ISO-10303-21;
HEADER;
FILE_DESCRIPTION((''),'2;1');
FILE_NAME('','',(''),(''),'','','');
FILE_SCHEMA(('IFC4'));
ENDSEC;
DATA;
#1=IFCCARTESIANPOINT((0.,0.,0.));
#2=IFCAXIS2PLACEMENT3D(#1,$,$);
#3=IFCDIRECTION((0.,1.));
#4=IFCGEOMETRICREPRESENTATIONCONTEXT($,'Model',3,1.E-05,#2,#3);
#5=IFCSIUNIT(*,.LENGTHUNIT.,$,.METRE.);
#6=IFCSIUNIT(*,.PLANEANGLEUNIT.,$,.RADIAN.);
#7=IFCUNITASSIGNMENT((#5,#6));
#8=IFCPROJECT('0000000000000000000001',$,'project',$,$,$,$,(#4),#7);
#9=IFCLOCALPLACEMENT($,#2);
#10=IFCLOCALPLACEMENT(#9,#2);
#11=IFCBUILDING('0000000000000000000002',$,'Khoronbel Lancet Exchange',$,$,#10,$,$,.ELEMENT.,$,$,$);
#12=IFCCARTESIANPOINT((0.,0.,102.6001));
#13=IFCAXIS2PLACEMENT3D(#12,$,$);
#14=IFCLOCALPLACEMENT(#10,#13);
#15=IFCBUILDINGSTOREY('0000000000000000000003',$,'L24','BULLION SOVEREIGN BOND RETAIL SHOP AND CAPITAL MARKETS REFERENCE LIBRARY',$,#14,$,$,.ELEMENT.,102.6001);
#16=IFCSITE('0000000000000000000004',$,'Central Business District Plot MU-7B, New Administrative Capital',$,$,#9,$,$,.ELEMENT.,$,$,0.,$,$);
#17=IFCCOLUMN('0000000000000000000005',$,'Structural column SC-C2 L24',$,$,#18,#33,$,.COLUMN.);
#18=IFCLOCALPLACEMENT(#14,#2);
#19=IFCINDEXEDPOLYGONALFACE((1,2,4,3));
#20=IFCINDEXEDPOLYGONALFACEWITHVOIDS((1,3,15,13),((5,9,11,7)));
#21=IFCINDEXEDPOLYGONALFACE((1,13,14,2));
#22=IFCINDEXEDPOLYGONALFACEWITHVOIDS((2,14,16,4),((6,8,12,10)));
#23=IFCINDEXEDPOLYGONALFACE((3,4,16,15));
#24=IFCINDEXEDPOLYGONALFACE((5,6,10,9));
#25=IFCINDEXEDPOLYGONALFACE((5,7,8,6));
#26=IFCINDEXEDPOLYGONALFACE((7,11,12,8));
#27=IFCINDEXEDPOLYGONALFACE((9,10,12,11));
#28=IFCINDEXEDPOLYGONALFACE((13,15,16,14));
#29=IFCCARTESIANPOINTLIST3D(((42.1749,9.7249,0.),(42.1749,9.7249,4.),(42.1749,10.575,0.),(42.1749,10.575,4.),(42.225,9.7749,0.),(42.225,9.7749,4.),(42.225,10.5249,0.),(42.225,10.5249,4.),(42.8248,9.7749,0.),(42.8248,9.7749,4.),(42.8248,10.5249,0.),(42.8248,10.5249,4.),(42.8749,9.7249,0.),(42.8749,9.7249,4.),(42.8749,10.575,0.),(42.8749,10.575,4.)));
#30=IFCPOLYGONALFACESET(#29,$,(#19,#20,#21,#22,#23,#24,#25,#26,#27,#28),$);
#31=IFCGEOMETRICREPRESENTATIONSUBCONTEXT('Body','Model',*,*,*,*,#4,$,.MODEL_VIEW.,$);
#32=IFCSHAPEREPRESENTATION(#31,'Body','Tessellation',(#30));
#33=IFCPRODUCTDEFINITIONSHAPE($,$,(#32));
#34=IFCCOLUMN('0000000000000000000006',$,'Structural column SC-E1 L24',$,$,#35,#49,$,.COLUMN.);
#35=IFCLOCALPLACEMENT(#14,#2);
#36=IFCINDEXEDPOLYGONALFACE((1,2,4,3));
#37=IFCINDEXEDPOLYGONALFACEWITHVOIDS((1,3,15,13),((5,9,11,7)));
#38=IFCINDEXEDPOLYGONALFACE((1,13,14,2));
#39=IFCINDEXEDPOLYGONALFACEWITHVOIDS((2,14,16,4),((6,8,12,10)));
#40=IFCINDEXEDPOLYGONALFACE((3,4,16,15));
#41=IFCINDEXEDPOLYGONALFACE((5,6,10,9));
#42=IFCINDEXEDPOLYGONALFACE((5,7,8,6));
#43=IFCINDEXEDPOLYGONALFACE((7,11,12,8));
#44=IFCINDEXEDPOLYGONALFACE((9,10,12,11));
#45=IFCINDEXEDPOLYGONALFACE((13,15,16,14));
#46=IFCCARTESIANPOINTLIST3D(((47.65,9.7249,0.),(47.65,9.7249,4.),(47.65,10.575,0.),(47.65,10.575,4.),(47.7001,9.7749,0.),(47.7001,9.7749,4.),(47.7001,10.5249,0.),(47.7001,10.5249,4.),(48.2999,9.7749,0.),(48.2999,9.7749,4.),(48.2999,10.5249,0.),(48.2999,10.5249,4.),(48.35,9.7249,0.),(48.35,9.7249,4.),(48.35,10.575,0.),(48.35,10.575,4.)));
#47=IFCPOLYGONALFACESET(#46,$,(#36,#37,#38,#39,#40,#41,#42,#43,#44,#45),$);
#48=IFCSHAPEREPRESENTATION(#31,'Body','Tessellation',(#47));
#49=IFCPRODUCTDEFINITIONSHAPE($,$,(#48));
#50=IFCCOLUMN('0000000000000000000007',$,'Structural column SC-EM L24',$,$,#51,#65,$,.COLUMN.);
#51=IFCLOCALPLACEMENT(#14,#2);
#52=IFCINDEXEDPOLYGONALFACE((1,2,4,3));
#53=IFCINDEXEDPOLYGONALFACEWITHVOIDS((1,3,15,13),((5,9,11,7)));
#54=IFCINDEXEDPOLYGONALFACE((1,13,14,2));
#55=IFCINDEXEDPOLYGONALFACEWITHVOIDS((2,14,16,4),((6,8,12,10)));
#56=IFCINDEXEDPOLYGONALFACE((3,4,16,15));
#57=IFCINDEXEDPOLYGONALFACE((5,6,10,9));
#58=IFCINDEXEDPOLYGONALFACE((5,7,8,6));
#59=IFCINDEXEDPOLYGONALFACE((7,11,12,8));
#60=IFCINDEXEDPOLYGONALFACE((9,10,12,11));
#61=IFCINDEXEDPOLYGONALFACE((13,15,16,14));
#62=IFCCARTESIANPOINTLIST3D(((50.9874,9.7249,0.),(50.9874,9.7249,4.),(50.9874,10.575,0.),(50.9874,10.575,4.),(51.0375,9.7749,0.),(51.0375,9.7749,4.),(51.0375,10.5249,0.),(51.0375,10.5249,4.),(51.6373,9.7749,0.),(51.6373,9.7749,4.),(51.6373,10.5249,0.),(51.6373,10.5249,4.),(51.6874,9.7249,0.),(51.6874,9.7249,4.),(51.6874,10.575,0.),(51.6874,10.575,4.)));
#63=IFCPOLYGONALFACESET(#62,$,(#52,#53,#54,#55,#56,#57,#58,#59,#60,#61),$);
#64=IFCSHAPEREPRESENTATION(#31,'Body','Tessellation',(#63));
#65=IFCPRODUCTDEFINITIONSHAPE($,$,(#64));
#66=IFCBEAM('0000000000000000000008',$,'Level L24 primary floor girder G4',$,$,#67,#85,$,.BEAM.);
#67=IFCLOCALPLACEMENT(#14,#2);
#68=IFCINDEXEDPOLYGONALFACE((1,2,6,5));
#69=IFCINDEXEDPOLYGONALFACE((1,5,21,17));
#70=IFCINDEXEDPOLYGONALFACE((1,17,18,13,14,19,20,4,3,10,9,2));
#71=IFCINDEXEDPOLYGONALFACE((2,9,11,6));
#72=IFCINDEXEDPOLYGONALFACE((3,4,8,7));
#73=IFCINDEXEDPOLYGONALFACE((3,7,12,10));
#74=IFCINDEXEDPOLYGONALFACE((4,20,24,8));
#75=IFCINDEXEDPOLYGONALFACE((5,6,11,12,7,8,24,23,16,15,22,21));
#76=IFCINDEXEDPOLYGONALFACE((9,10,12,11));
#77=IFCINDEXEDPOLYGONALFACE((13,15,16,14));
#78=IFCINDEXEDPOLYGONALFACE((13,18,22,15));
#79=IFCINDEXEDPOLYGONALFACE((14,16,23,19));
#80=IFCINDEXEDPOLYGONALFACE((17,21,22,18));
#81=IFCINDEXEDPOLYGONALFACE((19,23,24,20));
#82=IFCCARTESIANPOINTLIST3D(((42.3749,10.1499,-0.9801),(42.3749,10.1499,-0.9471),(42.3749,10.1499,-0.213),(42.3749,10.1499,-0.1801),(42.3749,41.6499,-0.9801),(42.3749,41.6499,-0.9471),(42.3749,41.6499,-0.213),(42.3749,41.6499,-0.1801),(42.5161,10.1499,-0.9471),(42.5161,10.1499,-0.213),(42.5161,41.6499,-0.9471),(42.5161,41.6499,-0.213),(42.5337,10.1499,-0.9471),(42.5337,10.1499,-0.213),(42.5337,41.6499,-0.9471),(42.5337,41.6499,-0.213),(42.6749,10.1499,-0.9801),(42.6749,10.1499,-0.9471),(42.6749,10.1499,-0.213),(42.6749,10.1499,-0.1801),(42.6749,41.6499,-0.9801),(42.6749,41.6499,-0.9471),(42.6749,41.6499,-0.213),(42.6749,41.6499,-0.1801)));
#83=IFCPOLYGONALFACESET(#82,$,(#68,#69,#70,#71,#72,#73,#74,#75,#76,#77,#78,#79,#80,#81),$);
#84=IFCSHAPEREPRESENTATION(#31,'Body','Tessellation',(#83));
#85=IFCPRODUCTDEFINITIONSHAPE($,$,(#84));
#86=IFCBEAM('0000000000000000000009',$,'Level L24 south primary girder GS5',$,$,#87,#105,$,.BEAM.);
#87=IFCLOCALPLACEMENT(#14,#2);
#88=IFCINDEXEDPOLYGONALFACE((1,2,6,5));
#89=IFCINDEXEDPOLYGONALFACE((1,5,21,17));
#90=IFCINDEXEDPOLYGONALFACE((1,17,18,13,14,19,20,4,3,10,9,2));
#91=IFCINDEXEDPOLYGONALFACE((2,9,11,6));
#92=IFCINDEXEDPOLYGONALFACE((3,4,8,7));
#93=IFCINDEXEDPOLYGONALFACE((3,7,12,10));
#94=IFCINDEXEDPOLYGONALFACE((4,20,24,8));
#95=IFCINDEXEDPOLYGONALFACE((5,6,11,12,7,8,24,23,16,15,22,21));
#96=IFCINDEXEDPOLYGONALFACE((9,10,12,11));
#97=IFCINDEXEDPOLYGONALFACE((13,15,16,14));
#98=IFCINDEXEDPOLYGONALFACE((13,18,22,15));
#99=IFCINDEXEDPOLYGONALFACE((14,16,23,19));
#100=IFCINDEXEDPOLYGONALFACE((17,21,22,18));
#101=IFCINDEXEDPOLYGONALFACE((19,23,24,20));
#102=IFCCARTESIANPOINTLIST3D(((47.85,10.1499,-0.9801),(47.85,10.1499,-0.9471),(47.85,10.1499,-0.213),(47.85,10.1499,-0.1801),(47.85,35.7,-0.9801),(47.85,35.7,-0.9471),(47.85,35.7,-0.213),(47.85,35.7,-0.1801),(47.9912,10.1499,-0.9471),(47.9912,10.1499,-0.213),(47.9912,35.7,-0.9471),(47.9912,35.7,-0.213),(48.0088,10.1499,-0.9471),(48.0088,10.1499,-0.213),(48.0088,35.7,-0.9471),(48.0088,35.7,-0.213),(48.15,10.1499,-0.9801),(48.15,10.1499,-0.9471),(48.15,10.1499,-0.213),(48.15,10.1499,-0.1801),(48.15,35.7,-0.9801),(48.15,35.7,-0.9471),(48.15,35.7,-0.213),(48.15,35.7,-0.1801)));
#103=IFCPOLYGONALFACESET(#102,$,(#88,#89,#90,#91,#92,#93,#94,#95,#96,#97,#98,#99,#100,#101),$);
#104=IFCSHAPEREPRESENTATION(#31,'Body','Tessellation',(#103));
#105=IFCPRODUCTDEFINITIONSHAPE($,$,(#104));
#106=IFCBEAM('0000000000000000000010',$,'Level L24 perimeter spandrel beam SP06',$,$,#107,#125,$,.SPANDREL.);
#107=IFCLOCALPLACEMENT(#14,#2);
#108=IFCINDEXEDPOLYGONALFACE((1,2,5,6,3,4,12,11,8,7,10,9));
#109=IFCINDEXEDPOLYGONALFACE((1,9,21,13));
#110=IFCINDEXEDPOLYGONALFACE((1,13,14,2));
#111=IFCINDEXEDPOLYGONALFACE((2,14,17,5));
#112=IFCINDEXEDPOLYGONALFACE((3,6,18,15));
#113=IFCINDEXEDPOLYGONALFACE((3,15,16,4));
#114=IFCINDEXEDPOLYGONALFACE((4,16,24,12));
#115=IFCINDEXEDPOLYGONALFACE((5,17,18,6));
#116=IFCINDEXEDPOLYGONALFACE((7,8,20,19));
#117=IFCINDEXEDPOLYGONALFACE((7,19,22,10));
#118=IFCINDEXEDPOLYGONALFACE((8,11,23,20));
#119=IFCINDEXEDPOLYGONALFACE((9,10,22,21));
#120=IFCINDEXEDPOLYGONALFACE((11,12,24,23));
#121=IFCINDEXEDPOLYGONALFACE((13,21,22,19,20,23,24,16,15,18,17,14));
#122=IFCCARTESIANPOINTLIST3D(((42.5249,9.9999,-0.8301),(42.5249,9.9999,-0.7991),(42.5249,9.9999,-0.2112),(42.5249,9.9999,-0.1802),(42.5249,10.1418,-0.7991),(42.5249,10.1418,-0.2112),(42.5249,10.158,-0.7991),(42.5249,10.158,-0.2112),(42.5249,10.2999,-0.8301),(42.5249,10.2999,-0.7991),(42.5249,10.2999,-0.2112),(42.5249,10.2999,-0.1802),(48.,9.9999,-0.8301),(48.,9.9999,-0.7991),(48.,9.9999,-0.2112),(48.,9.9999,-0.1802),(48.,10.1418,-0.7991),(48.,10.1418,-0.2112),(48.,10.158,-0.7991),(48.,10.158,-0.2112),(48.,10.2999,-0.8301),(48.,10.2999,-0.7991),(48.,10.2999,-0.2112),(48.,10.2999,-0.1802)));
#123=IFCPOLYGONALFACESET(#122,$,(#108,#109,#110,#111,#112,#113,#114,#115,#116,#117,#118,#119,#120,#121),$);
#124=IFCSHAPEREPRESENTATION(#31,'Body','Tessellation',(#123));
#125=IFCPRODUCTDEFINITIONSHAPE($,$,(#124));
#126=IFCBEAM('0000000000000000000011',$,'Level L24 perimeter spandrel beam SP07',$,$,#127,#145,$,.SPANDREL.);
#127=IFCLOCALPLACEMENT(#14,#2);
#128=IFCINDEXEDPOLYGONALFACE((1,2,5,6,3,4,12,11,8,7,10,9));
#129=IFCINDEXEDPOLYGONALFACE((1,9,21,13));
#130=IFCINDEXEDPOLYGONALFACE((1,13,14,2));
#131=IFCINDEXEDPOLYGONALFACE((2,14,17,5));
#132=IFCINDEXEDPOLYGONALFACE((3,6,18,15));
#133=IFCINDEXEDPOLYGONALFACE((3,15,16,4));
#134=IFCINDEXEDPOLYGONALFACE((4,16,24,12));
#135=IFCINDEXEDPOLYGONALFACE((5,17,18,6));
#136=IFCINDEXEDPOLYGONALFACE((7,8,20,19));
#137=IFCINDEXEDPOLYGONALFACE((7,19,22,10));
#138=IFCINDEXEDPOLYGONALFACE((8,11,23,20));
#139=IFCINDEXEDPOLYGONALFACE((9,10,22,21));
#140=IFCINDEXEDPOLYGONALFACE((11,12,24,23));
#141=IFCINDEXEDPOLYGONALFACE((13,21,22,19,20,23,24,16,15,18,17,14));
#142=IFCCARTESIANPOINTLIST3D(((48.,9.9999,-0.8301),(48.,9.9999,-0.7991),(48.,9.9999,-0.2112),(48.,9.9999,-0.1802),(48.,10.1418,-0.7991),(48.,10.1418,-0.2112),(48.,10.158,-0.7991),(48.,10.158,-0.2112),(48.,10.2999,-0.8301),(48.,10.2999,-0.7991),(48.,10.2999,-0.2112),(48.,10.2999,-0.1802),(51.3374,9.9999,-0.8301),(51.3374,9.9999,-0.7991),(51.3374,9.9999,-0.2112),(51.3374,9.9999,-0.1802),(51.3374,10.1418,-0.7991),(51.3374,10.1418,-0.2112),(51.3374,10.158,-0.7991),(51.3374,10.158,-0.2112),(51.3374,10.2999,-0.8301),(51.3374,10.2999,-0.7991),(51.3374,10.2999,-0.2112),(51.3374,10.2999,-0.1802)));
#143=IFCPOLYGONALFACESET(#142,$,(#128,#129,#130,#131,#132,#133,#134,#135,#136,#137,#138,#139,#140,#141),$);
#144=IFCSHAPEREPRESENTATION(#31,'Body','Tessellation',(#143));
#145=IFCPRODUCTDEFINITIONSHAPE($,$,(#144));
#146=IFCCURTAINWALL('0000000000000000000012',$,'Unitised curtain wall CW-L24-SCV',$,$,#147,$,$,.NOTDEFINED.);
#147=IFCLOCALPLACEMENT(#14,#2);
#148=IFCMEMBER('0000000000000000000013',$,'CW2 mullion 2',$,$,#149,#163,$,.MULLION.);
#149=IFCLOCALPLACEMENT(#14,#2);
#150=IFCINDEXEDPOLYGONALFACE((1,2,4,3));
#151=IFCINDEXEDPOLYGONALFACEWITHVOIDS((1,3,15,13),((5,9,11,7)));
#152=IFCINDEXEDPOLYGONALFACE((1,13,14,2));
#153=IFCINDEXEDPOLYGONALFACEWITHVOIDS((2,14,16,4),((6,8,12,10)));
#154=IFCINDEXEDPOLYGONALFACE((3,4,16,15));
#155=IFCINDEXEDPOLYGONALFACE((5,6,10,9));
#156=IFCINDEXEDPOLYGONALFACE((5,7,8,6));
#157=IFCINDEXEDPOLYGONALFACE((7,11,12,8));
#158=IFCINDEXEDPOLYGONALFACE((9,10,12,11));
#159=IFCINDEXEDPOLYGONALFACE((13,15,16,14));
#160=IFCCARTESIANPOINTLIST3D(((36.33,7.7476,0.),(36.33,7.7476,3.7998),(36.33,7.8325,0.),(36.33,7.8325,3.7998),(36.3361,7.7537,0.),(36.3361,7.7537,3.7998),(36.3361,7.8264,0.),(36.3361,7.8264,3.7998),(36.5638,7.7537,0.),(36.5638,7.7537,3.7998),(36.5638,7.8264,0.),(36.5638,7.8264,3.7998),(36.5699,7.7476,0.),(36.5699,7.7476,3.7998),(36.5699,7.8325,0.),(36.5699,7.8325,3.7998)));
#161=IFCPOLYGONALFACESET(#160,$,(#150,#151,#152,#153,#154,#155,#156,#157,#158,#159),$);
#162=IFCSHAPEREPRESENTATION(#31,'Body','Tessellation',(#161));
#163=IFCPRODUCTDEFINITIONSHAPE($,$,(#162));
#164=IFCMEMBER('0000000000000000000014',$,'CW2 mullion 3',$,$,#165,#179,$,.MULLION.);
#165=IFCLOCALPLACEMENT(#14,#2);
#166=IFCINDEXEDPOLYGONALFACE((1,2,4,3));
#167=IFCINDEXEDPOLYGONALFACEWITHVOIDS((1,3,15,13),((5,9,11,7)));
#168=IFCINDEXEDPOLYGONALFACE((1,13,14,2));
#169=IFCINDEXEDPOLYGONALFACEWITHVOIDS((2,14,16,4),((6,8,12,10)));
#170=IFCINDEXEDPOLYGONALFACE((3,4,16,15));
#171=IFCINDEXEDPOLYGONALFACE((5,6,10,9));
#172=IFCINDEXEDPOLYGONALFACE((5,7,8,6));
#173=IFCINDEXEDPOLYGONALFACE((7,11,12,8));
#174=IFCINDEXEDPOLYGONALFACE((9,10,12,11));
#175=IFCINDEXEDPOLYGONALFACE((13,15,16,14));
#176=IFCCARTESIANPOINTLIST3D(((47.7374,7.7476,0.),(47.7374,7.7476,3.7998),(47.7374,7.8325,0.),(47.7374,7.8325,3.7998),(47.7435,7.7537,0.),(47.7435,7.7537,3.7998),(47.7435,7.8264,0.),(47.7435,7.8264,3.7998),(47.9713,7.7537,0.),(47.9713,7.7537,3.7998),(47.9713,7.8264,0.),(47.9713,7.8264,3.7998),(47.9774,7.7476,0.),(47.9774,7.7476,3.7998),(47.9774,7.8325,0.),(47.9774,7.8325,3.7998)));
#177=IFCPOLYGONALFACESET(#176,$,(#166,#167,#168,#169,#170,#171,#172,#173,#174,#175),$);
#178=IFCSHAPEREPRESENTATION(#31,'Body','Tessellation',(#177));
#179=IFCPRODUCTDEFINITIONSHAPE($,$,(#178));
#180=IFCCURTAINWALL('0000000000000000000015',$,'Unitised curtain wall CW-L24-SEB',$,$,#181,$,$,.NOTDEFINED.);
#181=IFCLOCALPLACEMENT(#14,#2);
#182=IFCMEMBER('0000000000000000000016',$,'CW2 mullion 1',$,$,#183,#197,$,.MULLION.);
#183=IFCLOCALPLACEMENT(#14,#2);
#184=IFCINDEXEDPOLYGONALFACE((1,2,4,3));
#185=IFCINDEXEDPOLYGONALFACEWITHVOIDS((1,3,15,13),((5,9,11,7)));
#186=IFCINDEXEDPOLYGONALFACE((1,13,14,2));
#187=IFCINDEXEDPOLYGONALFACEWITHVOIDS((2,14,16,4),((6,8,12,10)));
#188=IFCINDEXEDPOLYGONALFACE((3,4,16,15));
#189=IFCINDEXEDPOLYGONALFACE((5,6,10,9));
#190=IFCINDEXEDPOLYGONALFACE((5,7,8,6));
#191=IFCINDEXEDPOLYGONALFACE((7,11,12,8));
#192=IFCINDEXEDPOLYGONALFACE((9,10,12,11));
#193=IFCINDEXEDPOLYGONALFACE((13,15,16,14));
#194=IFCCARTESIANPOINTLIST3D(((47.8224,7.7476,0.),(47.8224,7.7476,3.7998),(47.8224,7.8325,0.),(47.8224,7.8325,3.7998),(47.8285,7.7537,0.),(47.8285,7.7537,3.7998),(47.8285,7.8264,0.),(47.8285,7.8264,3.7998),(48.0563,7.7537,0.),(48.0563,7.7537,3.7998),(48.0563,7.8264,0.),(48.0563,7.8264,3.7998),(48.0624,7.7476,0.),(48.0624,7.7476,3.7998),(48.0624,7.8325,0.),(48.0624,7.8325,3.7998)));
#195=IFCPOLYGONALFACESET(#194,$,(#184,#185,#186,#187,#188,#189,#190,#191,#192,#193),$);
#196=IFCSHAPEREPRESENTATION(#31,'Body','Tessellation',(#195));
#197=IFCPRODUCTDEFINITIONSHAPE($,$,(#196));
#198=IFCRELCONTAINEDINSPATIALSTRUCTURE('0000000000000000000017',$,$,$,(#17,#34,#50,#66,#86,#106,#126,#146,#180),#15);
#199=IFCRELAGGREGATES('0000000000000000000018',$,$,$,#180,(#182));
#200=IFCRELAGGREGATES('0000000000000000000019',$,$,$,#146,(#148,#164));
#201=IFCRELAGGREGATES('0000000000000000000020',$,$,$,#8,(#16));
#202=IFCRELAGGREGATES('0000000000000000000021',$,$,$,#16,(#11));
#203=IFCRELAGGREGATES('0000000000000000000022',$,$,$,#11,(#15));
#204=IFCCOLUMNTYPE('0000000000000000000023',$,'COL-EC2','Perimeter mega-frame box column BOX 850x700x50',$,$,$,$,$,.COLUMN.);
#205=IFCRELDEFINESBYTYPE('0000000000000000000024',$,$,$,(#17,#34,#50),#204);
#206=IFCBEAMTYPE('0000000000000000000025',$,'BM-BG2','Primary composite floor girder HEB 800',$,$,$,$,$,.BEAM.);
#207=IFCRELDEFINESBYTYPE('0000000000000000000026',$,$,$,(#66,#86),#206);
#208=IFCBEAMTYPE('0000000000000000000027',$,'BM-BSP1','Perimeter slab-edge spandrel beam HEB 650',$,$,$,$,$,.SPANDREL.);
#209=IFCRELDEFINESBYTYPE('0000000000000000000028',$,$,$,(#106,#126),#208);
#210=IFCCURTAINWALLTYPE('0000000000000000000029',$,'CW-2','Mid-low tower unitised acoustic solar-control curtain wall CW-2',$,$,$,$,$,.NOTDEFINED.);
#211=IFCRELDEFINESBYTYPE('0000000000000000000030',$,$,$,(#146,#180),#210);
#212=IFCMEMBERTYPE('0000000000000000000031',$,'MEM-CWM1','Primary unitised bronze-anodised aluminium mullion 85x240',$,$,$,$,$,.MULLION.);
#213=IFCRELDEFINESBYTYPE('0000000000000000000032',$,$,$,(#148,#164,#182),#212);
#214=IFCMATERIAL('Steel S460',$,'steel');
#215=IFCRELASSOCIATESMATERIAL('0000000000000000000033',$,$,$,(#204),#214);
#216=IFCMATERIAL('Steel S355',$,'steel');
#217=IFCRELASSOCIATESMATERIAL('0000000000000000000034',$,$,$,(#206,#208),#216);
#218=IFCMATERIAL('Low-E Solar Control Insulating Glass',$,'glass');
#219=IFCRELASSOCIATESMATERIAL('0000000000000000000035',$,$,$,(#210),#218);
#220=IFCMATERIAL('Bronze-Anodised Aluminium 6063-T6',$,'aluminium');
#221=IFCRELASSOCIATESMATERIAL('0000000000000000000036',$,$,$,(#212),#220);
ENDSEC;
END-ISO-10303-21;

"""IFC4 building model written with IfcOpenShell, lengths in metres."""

from ifc_helpers import new_model, si_unit, direction, frame, origin, origin_2d, place, context, subcontext, project, spatial, hollow_rectangle, i_section, extrude, material, material_profile, profile_set, type_object, element, aggregate, save


model = new_model("IFC4")

# Units and contexts
model_context = context("Model", 3, precision=1e-05, world=origin(), true_north=direction((0.0, 1.0)))
body_context = subcontext(model_context, "Body", "Model", "MODEL_VIEW")
ifc_project = project(units=[si_unit("LENGTHUNIT", "METRE"), si_unit("PLANEANGLEUNIT", "RADIAN")], contexts=[model_context])

# Site, building, storey
site_placement = place(None, origin())
site = spatial("IfcSite", under=ifc_project, at=site_placement, Name="Central Business District Plot MU-7B, New Administrative Capital", CompositionType="ELEMENT", RefElevation=0.0)
building_placement = place(site_placement, origin())
building = spatial("IfcBuilding", under=site, at=building_placement, Name="Khoronbel Lancet Exchange", CompositionType="ELEMENT")
storey_placement = place(building_placement, frame((0.0, 0.0, 102.6001)))
storey = spatial("IfcBuildingStorey", under=building, at=storey_placement, Name="L24", Description="BULLION SOVEREIGN BOND RETAIL SHOP AND CAPITAL MARKETS REFERENCE LIBRARY", CompositionType="ELEMENT", Elevation=102.6001)

# Columns
ifc_material_1 = material(Name="Steel S460", Category="steel")
ifc_material_profile_1 = material_profile(ifc_material_1, hollow_rectangle(XDim=0.7, YDim=0.8501, WallThickness=0.05, at=origin_2d()), Name="BOX 850x700x50")
ifc_profile_set_1 = profile_set([ifc_material_profile_1], Name="Steel S460")
column_type = type_object("IfcColumnType", Name="COL-EC2", Description="Perimeter mega-frame box column BOX 850x700x50", PredefinedType="COLUMN", material=ifc_profile_set_1)
for number, where, z_axis, x_axis, name in (
    (1, (42.5249, 10.1499, 0.0), (0.0, 0.0, 1.0), (1.0, 0.0, 0.0), "Structural column SC-C2 L24"),
    (2, (48.0, 10.1499, 0.0), (0.0, 0.0, 1.0), (1.0, 0.0, 0.0), "Structural column SC-E1 L24"),
    (3, (51.3374, 10.1499, 0.0), (0.0, 0.0, 1.0), (1.0, 0.0, 0.0), "Structural column SC-EM L24"),
):
    element("IfcColumn", number, at=place(storey_placement, frame(where, z_axis=z_axis, x_axis=x_axis)), inside=storey, type_object=column_type, Name=name, PredefinedType="COLUMN", context=body_context, shape_type="SweptSolid", body=[
        extrude(hollow_rectangle(XDim=0.7, YDim=0.8501, WallThickness=0.05, at=origin_2d()), origin(), (0.0, 0.0, 1.0), 4.0),
    ])

# Beams
ifc_material_2 = material(Name="Steel S355", Category="steel")
ifc_material_profile_2 = material_profile(ifc_material_2, i_section(OverallWidth=0.3, OverallDepth=0.8, WebThickness=0.0176, FlangeThickness=0.033, at=origin_2d()), Name="HEB 800")
ifc_profile_set_2 = profile_set([ifc_material_profile_2], Name="Steel S355")
beam_type_1 = type_object("IfcBeamType", Name="BM-BG2", Description="Primary composite floor girder HEB 800", PredefinedType="BEAM", material=ifc_profile_set_2)
beam_1_placement = place(storey_placement, frame((42.5249, 10.1499, -0.5801), z_axis=(0.0, 1.0, 0.0), x_axis=(-1.0, 0.0, 0.0)))
element("IfcBeam", 4, at=beam_1_placement, inside=storey, type_object=beam_type_1, Name="Level L24 primary floor girder G4", PredefinedType="BEAM", context=body_context, shape_type="SweptSolid", body=[
    extrude(i_section(OverallWidth=0.3, OverallDepth=0.8, WebThickness=0.0176, FlangeThickness=0.033, at=origin_2d()), origin(), (0.0, 0.0, 1.0), 31.5),
])
beam_2_placement = place(storey_placement, frame((48.0, 10.1499, -0.5801), z_axis=(0.0, 1.0, 0.0), x_axis=(-1.0, 0.0, 0.0)))
element("IfcBeam", 5, at=beam_2_placement, inside=storey, type_object=beam_type_1, Name="Level L24 south primary girder GS5", PredefinedType="BEAM", context=body_context, shape_type="SweptSolid", body=[
    extrude(i_section(OverallWidth=0.3, OverallDepth=0.8, WebThickness=0.0176, FlangeThickness=0.033, at=origin_2d()), origin(), (0.0, 0.0, 1.0), 25.55),
])
ifc_material_profile_3 = material_profile(ifc_material_2, i_section(OverallWidth=0.3, OverallDepth=0.6499, WebThickness=0.0161, FlangeThickness=0.031, at=origin_2d()), Name="HEB 650")
ifc_profile_set_3 = profile_set([ifc_material_profile_3], Name="Steel S355")
beam_type_2 = type_object("IfcBeamType", Name="BM-BSP1", Description="Perimeter slab-edge spandrel beam HEB 650", PredefinedType="SPANDREL", material=ifc_profile_set_3)
beam_3_placement = place(storey_placement, frame((42.5249, 10.1499, -0.5051), z_axis=(1.0, 0.0, 0.0), x_axis=(0.0, 1.0, 0.0)))
element("IfcBeam", 6, at=beam_3_placement, inside=storey, type_object=beam_type_2, Name="Level L24 perimeter spandrel beam SP06", PredefinedType="SPANDREL", context=body_context, shape_type="SweptSolid", body=[
    extrude(i_section(OverallWidth=0.3, OverallDepth=0.6499, WebThickness=0.0161, FlangeThickness=0.031, at=origin_2d()), origin(), (0.0, 0.0, 1.0), 5.4751),
])
beam_4_placement = place(storey_placement, frame((48.0, 10.1499, -0.5051), z_axis=(1.0, 0.0, 0.0), x_axis=(0.0, 1.0, 0.0)))
element("IfcBeam", 7, at=beam_4_placement, inside=storey, type_object=beam_type_2, Name="Level L24 perimeter spandrel beam SP07", PredefinedType="SPANDREL", context=body_context, shape_type="SweptSolid", body=[
    extrude(i_section(OverallWidth=0.3, OverallDepth=0.6499, WebThickness=0.0161, FlangeThickness=0.031, at=origin_2d()), origin(), (0.0, 0.0, 1.0), 3.3374),
])

# Curtain walls, members
ifc_material_3 = material(Name="Low-E Solar Control Insulating Glass", Category="glass")
curtain_wall_type = type_object("IfcCurtainWallType", Name="CW-2", Description="Mid-low tower unitised acoustic solar-control curtain wall CW-2", PredefinedType="NOTDEFINED", material=ifc_material_3)
curtain_wall_1_placement = place(storey_placement, origin())
curtain_wall_1 = element("IfcCurtainWall", 8, at=curtain_wall_1_placement, inside=storey, type_object=curtain_wall_type, Name="Unitised curtain wall CW-L24-SCV", PredefinedType="NOTDEFINED")
ifc_material_4 = material(Name="Bronze-Anodised Aluminium 6063-T6", Category="aluminium")
ifc_material_profile_4 = material_profile(ifc_material_4, hollow_rectangle(XDim=0.085, YDim=0.24, WallThickness=0.0061, at=origin_2d()), Name="ALU MULLION 85x240")
ifc_profile_set_4 = profile_set([ifc_material_profile_4], Name="Bronze-Anodised Aluminium 6063-T6")
member_type_1 = type_object("IfcMemberType", Name="MEM-CWM1", Description="Primary unitised bronze-anodised aluminium mullion 85x240", PredefinedType="MULLION", material=ifc_profile_set_4)
member_1_placement = place(storey_placement, frame((36.45, 7.79, 0.0), z_axis=(0.0, 0.0, 1.0), x_axis=(0.0, 1.0, 0.0)))
member_1 = element("IfcMember", 9, at=member_1_placement, type_object=member_type_1, Name="CW2 mullion 2", PredefinedType="MULLION", context=body_context, shape_type="SweptSolid", body=[
    extrude(hollow_rectangle(XDim=0.085, YDim=0.24, WallThickness=0.0061, at=origin_2d()), origin(), (0.0, 0.0, 1.0), 3.7998),
])
member_2_placement = place(storey_placement, frame((47.8574, 7.79, 0.0), z_axis=(0.0, 0.0, 1.0), x_axis=(0.0, 1.0, 0.0)))
member_2 = element("IfcMember", 10, at=member_2_placement, type_object=member_type_1, Name="CW2 mullion 3", PredefinedType="MULLION", context=body_context, shape_type="SweptSolid", body=[
    extrude(hollow_rectangle(XDim=0.085, YDim=0.24, WallThickness=0.0061, at=origin_2d()), origin(), (0.0, 0.0, 1.0), 3.7998),
])
curtain_wall_2_placement = place(storey_placement, origin())
curtain_wall_2 = element("IfcCurtainWall", 11, at=curtain_wall_2_placement, inside=storey, type_object=curtain_wall_type, Name="Unitised curtain wall CW-L24-SEB", PredefinedType="NOTDEFINED")
member_3_placement = place(storey_placement, frame((47.9424, 7.79, 0.0), z_axis=(0.0, 0.0, 1.0), x_axis=(0.0, 1.0, 0.0)))
member_3 = element("IfcMember", 12, at=member_3_placement, type_object=member_type_1, Name="CW2 mullion 1", PredefinedType="MULLION", context=body_context, shape_type="SweptSolid", body=[
    extrude(hollow_rectangle(XDim=0.085, YDim=0.24, WallThickness=0.0061, at=origin_2d()), origin(), (0.0, 0.0, 1.0), 3.7998),
])

aggregate(curtain_wall_2, [member_3])
aggregate(curtain_wall_1, [member_1, member_2])

save(model, "model.ifc")
